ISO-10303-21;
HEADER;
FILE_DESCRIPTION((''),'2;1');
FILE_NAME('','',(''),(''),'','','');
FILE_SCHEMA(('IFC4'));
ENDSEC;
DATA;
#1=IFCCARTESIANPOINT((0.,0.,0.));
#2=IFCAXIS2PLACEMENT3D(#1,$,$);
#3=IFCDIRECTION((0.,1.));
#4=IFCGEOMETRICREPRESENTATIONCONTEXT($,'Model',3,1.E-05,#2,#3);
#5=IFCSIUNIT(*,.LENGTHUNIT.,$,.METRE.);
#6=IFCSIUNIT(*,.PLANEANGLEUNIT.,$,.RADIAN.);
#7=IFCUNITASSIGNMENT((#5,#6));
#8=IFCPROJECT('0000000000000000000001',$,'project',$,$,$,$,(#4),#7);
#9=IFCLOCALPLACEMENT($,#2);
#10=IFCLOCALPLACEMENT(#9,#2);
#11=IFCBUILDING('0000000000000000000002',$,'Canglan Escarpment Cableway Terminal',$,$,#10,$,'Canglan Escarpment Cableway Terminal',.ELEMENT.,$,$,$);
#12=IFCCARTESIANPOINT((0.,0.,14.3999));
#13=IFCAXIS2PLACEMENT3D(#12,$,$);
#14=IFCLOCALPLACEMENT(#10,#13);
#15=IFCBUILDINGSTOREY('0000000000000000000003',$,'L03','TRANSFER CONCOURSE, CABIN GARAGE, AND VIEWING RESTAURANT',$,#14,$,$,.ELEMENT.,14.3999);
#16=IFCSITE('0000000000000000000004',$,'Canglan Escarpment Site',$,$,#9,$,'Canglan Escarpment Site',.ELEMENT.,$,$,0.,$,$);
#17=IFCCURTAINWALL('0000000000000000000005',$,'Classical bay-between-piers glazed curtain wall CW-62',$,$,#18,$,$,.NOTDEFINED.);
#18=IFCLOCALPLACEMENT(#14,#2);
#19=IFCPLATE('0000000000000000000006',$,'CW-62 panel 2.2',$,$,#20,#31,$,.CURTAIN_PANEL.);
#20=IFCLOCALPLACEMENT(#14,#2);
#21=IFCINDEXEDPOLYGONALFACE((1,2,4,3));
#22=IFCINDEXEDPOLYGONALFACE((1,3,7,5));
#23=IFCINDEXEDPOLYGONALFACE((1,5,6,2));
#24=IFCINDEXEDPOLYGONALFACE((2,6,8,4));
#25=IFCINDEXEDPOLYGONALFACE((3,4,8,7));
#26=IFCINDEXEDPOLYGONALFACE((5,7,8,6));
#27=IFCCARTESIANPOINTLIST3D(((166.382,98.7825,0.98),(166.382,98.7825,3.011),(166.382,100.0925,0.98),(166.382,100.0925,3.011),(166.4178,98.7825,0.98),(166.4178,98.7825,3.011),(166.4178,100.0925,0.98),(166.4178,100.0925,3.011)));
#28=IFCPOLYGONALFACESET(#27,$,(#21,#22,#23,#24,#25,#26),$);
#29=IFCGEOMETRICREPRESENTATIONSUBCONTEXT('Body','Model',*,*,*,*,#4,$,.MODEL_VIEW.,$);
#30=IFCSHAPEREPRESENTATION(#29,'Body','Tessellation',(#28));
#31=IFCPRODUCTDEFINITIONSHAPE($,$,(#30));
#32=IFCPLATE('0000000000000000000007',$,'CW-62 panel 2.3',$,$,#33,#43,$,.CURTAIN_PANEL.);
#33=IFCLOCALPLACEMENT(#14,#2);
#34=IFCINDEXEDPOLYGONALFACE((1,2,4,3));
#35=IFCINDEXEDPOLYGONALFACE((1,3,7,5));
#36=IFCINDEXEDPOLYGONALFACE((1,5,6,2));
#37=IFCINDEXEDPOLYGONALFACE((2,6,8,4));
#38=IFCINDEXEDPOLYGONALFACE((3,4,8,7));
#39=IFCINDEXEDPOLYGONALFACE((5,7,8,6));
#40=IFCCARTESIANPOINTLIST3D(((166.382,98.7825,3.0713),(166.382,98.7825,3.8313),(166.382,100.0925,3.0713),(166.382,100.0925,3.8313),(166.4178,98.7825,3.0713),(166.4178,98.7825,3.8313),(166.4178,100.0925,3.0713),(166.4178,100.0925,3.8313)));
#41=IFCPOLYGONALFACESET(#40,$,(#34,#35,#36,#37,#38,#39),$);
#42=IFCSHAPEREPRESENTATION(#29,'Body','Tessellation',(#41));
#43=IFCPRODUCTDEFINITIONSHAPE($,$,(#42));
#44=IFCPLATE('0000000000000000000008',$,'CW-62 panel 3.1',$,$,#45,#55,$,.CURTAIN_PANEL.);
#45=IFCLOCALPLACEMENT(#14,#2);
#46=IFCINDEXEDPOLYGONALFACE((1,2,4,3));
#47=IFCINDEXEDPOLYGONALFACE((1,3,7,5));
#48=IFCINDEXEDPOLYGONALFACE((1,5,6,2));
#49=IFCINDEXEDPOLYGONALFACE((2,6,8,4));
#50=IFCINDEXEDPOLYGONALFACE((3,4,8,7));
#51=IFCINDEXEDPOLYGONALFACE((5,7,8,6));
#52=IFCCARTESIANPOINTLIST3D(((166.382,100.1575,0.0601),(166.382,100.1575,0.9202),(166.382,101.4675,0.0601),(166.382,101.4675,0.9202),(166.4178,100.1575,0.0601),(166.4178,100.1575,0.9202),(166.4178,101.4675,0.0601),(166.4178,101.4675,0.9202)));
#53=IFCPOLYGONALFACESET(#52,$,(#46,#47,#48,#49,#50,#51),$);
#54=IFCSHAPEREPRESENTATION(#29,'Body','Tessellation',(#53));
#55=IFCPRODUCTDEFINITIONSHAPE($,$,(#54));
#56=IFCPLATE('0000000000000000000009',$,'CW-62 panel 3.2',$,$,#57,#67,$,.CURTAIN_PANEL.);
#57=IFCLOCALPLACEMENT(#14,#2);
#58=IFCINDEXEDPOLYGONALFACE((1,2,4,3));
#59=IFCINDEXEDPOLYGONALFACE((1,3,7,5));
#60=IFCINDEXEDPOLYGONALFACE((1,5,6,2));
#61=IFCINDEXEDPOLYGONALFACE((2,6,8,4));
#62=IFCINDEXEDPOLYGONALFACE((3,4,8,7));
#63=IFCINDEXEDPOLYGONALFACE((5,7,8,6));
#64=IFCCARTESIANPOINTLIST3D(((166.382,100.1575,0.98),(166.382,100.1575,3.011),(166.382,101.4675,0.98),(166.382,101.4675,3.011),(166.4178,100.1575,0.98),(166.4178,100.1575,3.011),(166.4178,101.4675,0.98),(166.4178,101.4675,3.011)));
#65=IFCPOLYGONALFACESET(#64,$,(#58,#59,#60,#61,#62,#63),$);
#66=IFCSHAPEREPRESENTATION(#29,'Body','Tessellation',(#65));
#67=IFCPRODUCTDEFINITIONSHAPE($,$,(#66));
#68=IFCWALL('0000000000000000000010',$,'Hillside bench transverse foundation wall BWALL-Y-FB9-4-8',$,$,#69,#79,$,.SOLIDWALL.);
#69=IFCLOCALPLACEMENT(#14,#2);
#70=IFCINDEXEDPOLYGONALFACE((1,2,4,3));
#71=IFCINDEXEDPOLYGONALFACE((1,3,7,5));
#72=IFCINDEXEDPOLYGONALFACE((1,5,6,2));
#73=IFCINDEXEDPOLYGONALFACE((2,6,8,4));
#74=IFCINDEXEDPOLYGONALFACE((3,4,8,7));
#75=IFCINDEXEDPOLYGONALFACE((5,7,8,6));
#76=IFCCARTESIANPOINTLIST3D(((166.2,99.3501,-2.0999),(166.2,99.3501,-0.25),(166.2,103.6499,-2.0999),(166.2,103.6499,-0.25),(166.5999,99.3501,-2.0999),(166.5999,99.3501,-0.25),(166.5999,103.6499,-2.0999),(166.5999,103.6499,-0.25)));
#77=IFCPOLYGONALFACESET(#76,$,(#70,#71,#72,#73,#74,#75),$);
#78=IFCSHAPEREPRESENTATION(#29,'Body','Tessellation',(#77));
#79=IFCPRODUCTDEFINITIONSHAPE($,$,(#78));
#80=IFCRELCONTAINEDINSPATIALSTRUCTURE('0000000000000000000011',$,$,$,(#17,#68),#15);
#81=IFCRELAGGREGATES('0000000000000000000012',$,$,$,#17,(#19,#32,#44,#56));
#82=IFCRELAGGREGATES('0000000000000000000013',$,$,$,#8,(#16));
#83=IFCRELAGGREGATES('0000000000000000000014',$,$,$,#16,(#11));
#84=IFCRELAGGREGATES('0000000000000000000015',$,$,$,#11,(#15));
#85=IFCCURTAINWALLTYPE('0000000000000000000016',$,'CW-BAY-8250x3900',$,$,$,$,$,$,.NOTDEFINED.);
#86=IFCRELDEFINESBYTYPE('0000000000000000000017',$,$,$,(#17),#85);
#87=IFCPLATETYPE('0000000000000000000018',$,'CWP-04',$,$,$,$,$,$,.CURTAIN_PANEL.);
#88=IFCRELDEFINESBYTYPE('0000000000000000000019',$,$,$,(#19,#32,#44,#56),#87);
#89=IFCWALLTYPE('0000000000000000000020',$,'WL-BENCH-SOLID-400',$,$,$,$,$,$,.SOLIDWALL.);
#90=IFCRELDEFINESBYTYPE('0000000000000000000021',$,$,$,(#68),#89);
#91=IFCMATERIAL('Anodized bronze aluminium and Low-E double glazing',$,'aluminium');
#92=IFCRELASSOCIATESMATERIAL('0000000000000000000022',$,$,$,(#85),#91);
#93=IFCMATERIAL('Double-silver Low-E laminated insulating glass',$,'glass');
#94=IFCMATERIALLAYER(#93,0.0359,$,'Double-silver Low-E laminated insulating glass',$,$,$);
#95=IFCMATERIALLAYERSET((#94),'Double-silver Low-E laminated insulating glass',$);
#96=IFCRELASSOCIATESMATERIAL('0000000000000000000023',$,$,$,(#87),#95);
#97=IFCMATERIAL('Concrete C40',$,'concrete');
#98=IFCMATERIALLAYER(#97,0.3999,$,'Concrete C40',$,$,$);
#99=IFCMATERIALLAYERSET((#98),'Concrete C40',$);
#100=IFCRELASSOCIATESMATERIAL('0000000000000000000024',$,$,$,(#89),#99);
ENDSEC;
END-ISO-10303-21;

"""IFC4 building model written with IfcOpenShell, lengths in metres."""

from ifc_helpers import new_model, si_unit, direction, frame, frame_2d, origin, origin_2d, place, context, subcontext, project, spatial, rectangle, extrude, material, layer, layer_set, type_object, element, aggregate, save


model = new_model("IFC4")

# Units and contexts
model_context = context("Model", 3, precision=1e-05, world=origin(), true_north=direction((0.0, 1.0)))
body_context = subcontext(model_context, "Body", "Model", "MODEL_VIEW")
ifc_project = project(units=[si_unit("LENGTHUNIT", "METRE"), si_unit("PLANEANGLEUNIT", "RADIAN")], contexts=[model_context])

# Site, building, storey
site_placement = place(None, origin())
site = spatial("IfcSite", under=ifc_project, at=site_placement, Name="Canglan Escarpment Site", LongName="Canglan Escarpment Site", CompositionType="ELEMENT", RefElevation=0.0)
building_placement = place(site_placement, origin())
building = spatial("IfcBuilding", under=site, at=building_placement, Name="Canglan Escarpment Cableway Terminal", LongName="Canglan Escarpment Cableway Terminal", CompositionType="ELEMENT")
storey_placement = place(building_placement, frame((0.0, 0.0, 14.3999)))
storey = spatial("IfcBuildingStorey", under=building, at=storey_placement, Name="L03", Description="TRANSFER CONCOURSE, CABIN GARAGE, AND VIEWING RESTAURANT", CompositionType="ELEMENT", Elevation=14.3999)

# Shared definitions
ifc_material_1 = material(Name="Concrete C40", Category="concrete")

# Curtain wall, plates
ifc_material_2 = material(Name="Anodized bronze aluminium and Low-E double glazing", Category="aluminium")
curtain_wall_type = type_object("IfcCurtainWallType", Name="CW-BAY-8250x3900", PredefinedType="NOTDEFINED", material=ifc_material_2)
curtain_wall_placement = place(storey_placement, origin())
curtain_wall = element("IfcCurtainWall", 1, at=curtain_wall_placement, inside=storey, type_object=curtain_wall_type, Name="Classical bay-between-piers glazed curtain wall CW-62", PredefinedType="NOTDEFINED")
ifc_material_3 = material(Name="Double-silver Low-E laminated insulating glass", Category="glass")
ifc_layer_1 = layer(ifc_material_3, 0.0359, Name="Double-silver Low-E laminated insulating glass")
ifc_layer_set_1 = layer_set([ifc_layer_1], Name="Double-silver Low-E laminated insulating glass")
plate_type = type_object("IfcPlateType", Name="CWP-04", PredefinedType="CURTAIN_PANEL", material=ifc_layer_set_1)
plate_1_placement = place(storey_placement, frame((166.3999, 99.4375, 0.98), z_axis=(0.0, 0.0, 1.0), x_axis=(0.0, 1.0, 0.0)))
plate_1 = element("IfcPlate", 2, at=plate_1_placement, type_object=plate_type, Name="CW-62 panel 2.2", PredefinedType="CURTAIN_PANEL", context=body_context, shape_type="SweptSolid", body=[
    extrude(rectangle(XDim=1.3101, YDim=0.0359, at=origin_2d()), origin(), (0.0, 0.0, 1.0), 2.031),
])
plate_2_placement = place(storey_placement, frame((166.3999, 99.4375, 3.0713), z_axis=(0.0, 0.0, 1.0), x_axis=(0.0, 1.0, 0.0)))
plate_2 = element("IfcPlate", 3, at=plate_2_placement, type_object=plate_type, Name="CW-62 panel 2.3", PredefinedType="CURTAIN_PANEL", context=body_context, shape_type="SweptSolid", body=[
    extrude(rectangle(XDim=1.3101, YDim=0.0359, at=origin_2d()), origin(), (0.0, 0.0, 1.0), 0.76),
])
plate_3_placement = place(storey_placement, frame((166.3999, 100.8125, 0.0601), z_axis=(0.0, 0.0, 1.0), x_axis=(0.0, 1.0, 0.0)))
plate_3 = element("IfcPlate", 4, at=plate_3_placement, type_object=plate_type, Name="CW-62 panel 3.1", PredefinedType="CURTAIN_PANEL", context=body_context, shape_type="SweptSolid", body=[
    extrude(rectangle(XDim=1.3101, YDim=0.0359, at=origin_2d()), origin(), (0.0, 0.0, 1.0), 0.8601),
])
plate_4_placement = place(storey_placement, frame((166.3999, 100.8125, 0.98), z_axis=(0.0, 0.0, 1.0), x_axis=(0.0, 1.0, 0.0)))
plate_4 = element("IfcPlate", 5, at=plate_4_placement, type_object=plate_type, Name="CW-62 panel 3.2", PredefinedType="CURTAIN_PANEL", context=body_context, shape_type="SweptSolid", body=[
    extrude(rectangle(XDim=1.3101, YDim=0.0359, at=origin_2d()), origin(), (0.0, 0.0, 1.0), 2.031),
])
aggregate(curtain_wall, [plate_1, plate_2, plate_3, plate_4])

# Wall
ifc_layer_2 = layer(ifc_material_1, 0.3999, Name="Concrete C40")
ifc_layer_set_2 = layer_set([ifc_layer_2], Name="Concrete C40")
wall_type = type_object("IfcWallType", Name="WL-BENCH-SOLID-400", PredefinedType="SOLIDWALL", material=ifc_layer_set_2)
wall_placement = place(storey_placement, frame((166.3999, 99.3501, -2.0999), z_axis=(0.0, 0.0, 1.0), x_axis=(0.0, 1.0, 0.0)))
element("IfcWall", 6, at=wall_placement, inside=storey, type_object=wall_type, Name="Hillside bench transverse foundation wall BWALL-Y-FB9-4-8", PredefinedType="SOLIDWALL", context=body_context, shape_type="SweptSolid", body=[
    extrude(rectangle(XDim=4.2998, YDim=0.3999, at=frame_2d((2.1499, 0.0))), origin(), (0.0, 0.0, 1.0), 1.8499),
])

save(model, "model.ifc")
